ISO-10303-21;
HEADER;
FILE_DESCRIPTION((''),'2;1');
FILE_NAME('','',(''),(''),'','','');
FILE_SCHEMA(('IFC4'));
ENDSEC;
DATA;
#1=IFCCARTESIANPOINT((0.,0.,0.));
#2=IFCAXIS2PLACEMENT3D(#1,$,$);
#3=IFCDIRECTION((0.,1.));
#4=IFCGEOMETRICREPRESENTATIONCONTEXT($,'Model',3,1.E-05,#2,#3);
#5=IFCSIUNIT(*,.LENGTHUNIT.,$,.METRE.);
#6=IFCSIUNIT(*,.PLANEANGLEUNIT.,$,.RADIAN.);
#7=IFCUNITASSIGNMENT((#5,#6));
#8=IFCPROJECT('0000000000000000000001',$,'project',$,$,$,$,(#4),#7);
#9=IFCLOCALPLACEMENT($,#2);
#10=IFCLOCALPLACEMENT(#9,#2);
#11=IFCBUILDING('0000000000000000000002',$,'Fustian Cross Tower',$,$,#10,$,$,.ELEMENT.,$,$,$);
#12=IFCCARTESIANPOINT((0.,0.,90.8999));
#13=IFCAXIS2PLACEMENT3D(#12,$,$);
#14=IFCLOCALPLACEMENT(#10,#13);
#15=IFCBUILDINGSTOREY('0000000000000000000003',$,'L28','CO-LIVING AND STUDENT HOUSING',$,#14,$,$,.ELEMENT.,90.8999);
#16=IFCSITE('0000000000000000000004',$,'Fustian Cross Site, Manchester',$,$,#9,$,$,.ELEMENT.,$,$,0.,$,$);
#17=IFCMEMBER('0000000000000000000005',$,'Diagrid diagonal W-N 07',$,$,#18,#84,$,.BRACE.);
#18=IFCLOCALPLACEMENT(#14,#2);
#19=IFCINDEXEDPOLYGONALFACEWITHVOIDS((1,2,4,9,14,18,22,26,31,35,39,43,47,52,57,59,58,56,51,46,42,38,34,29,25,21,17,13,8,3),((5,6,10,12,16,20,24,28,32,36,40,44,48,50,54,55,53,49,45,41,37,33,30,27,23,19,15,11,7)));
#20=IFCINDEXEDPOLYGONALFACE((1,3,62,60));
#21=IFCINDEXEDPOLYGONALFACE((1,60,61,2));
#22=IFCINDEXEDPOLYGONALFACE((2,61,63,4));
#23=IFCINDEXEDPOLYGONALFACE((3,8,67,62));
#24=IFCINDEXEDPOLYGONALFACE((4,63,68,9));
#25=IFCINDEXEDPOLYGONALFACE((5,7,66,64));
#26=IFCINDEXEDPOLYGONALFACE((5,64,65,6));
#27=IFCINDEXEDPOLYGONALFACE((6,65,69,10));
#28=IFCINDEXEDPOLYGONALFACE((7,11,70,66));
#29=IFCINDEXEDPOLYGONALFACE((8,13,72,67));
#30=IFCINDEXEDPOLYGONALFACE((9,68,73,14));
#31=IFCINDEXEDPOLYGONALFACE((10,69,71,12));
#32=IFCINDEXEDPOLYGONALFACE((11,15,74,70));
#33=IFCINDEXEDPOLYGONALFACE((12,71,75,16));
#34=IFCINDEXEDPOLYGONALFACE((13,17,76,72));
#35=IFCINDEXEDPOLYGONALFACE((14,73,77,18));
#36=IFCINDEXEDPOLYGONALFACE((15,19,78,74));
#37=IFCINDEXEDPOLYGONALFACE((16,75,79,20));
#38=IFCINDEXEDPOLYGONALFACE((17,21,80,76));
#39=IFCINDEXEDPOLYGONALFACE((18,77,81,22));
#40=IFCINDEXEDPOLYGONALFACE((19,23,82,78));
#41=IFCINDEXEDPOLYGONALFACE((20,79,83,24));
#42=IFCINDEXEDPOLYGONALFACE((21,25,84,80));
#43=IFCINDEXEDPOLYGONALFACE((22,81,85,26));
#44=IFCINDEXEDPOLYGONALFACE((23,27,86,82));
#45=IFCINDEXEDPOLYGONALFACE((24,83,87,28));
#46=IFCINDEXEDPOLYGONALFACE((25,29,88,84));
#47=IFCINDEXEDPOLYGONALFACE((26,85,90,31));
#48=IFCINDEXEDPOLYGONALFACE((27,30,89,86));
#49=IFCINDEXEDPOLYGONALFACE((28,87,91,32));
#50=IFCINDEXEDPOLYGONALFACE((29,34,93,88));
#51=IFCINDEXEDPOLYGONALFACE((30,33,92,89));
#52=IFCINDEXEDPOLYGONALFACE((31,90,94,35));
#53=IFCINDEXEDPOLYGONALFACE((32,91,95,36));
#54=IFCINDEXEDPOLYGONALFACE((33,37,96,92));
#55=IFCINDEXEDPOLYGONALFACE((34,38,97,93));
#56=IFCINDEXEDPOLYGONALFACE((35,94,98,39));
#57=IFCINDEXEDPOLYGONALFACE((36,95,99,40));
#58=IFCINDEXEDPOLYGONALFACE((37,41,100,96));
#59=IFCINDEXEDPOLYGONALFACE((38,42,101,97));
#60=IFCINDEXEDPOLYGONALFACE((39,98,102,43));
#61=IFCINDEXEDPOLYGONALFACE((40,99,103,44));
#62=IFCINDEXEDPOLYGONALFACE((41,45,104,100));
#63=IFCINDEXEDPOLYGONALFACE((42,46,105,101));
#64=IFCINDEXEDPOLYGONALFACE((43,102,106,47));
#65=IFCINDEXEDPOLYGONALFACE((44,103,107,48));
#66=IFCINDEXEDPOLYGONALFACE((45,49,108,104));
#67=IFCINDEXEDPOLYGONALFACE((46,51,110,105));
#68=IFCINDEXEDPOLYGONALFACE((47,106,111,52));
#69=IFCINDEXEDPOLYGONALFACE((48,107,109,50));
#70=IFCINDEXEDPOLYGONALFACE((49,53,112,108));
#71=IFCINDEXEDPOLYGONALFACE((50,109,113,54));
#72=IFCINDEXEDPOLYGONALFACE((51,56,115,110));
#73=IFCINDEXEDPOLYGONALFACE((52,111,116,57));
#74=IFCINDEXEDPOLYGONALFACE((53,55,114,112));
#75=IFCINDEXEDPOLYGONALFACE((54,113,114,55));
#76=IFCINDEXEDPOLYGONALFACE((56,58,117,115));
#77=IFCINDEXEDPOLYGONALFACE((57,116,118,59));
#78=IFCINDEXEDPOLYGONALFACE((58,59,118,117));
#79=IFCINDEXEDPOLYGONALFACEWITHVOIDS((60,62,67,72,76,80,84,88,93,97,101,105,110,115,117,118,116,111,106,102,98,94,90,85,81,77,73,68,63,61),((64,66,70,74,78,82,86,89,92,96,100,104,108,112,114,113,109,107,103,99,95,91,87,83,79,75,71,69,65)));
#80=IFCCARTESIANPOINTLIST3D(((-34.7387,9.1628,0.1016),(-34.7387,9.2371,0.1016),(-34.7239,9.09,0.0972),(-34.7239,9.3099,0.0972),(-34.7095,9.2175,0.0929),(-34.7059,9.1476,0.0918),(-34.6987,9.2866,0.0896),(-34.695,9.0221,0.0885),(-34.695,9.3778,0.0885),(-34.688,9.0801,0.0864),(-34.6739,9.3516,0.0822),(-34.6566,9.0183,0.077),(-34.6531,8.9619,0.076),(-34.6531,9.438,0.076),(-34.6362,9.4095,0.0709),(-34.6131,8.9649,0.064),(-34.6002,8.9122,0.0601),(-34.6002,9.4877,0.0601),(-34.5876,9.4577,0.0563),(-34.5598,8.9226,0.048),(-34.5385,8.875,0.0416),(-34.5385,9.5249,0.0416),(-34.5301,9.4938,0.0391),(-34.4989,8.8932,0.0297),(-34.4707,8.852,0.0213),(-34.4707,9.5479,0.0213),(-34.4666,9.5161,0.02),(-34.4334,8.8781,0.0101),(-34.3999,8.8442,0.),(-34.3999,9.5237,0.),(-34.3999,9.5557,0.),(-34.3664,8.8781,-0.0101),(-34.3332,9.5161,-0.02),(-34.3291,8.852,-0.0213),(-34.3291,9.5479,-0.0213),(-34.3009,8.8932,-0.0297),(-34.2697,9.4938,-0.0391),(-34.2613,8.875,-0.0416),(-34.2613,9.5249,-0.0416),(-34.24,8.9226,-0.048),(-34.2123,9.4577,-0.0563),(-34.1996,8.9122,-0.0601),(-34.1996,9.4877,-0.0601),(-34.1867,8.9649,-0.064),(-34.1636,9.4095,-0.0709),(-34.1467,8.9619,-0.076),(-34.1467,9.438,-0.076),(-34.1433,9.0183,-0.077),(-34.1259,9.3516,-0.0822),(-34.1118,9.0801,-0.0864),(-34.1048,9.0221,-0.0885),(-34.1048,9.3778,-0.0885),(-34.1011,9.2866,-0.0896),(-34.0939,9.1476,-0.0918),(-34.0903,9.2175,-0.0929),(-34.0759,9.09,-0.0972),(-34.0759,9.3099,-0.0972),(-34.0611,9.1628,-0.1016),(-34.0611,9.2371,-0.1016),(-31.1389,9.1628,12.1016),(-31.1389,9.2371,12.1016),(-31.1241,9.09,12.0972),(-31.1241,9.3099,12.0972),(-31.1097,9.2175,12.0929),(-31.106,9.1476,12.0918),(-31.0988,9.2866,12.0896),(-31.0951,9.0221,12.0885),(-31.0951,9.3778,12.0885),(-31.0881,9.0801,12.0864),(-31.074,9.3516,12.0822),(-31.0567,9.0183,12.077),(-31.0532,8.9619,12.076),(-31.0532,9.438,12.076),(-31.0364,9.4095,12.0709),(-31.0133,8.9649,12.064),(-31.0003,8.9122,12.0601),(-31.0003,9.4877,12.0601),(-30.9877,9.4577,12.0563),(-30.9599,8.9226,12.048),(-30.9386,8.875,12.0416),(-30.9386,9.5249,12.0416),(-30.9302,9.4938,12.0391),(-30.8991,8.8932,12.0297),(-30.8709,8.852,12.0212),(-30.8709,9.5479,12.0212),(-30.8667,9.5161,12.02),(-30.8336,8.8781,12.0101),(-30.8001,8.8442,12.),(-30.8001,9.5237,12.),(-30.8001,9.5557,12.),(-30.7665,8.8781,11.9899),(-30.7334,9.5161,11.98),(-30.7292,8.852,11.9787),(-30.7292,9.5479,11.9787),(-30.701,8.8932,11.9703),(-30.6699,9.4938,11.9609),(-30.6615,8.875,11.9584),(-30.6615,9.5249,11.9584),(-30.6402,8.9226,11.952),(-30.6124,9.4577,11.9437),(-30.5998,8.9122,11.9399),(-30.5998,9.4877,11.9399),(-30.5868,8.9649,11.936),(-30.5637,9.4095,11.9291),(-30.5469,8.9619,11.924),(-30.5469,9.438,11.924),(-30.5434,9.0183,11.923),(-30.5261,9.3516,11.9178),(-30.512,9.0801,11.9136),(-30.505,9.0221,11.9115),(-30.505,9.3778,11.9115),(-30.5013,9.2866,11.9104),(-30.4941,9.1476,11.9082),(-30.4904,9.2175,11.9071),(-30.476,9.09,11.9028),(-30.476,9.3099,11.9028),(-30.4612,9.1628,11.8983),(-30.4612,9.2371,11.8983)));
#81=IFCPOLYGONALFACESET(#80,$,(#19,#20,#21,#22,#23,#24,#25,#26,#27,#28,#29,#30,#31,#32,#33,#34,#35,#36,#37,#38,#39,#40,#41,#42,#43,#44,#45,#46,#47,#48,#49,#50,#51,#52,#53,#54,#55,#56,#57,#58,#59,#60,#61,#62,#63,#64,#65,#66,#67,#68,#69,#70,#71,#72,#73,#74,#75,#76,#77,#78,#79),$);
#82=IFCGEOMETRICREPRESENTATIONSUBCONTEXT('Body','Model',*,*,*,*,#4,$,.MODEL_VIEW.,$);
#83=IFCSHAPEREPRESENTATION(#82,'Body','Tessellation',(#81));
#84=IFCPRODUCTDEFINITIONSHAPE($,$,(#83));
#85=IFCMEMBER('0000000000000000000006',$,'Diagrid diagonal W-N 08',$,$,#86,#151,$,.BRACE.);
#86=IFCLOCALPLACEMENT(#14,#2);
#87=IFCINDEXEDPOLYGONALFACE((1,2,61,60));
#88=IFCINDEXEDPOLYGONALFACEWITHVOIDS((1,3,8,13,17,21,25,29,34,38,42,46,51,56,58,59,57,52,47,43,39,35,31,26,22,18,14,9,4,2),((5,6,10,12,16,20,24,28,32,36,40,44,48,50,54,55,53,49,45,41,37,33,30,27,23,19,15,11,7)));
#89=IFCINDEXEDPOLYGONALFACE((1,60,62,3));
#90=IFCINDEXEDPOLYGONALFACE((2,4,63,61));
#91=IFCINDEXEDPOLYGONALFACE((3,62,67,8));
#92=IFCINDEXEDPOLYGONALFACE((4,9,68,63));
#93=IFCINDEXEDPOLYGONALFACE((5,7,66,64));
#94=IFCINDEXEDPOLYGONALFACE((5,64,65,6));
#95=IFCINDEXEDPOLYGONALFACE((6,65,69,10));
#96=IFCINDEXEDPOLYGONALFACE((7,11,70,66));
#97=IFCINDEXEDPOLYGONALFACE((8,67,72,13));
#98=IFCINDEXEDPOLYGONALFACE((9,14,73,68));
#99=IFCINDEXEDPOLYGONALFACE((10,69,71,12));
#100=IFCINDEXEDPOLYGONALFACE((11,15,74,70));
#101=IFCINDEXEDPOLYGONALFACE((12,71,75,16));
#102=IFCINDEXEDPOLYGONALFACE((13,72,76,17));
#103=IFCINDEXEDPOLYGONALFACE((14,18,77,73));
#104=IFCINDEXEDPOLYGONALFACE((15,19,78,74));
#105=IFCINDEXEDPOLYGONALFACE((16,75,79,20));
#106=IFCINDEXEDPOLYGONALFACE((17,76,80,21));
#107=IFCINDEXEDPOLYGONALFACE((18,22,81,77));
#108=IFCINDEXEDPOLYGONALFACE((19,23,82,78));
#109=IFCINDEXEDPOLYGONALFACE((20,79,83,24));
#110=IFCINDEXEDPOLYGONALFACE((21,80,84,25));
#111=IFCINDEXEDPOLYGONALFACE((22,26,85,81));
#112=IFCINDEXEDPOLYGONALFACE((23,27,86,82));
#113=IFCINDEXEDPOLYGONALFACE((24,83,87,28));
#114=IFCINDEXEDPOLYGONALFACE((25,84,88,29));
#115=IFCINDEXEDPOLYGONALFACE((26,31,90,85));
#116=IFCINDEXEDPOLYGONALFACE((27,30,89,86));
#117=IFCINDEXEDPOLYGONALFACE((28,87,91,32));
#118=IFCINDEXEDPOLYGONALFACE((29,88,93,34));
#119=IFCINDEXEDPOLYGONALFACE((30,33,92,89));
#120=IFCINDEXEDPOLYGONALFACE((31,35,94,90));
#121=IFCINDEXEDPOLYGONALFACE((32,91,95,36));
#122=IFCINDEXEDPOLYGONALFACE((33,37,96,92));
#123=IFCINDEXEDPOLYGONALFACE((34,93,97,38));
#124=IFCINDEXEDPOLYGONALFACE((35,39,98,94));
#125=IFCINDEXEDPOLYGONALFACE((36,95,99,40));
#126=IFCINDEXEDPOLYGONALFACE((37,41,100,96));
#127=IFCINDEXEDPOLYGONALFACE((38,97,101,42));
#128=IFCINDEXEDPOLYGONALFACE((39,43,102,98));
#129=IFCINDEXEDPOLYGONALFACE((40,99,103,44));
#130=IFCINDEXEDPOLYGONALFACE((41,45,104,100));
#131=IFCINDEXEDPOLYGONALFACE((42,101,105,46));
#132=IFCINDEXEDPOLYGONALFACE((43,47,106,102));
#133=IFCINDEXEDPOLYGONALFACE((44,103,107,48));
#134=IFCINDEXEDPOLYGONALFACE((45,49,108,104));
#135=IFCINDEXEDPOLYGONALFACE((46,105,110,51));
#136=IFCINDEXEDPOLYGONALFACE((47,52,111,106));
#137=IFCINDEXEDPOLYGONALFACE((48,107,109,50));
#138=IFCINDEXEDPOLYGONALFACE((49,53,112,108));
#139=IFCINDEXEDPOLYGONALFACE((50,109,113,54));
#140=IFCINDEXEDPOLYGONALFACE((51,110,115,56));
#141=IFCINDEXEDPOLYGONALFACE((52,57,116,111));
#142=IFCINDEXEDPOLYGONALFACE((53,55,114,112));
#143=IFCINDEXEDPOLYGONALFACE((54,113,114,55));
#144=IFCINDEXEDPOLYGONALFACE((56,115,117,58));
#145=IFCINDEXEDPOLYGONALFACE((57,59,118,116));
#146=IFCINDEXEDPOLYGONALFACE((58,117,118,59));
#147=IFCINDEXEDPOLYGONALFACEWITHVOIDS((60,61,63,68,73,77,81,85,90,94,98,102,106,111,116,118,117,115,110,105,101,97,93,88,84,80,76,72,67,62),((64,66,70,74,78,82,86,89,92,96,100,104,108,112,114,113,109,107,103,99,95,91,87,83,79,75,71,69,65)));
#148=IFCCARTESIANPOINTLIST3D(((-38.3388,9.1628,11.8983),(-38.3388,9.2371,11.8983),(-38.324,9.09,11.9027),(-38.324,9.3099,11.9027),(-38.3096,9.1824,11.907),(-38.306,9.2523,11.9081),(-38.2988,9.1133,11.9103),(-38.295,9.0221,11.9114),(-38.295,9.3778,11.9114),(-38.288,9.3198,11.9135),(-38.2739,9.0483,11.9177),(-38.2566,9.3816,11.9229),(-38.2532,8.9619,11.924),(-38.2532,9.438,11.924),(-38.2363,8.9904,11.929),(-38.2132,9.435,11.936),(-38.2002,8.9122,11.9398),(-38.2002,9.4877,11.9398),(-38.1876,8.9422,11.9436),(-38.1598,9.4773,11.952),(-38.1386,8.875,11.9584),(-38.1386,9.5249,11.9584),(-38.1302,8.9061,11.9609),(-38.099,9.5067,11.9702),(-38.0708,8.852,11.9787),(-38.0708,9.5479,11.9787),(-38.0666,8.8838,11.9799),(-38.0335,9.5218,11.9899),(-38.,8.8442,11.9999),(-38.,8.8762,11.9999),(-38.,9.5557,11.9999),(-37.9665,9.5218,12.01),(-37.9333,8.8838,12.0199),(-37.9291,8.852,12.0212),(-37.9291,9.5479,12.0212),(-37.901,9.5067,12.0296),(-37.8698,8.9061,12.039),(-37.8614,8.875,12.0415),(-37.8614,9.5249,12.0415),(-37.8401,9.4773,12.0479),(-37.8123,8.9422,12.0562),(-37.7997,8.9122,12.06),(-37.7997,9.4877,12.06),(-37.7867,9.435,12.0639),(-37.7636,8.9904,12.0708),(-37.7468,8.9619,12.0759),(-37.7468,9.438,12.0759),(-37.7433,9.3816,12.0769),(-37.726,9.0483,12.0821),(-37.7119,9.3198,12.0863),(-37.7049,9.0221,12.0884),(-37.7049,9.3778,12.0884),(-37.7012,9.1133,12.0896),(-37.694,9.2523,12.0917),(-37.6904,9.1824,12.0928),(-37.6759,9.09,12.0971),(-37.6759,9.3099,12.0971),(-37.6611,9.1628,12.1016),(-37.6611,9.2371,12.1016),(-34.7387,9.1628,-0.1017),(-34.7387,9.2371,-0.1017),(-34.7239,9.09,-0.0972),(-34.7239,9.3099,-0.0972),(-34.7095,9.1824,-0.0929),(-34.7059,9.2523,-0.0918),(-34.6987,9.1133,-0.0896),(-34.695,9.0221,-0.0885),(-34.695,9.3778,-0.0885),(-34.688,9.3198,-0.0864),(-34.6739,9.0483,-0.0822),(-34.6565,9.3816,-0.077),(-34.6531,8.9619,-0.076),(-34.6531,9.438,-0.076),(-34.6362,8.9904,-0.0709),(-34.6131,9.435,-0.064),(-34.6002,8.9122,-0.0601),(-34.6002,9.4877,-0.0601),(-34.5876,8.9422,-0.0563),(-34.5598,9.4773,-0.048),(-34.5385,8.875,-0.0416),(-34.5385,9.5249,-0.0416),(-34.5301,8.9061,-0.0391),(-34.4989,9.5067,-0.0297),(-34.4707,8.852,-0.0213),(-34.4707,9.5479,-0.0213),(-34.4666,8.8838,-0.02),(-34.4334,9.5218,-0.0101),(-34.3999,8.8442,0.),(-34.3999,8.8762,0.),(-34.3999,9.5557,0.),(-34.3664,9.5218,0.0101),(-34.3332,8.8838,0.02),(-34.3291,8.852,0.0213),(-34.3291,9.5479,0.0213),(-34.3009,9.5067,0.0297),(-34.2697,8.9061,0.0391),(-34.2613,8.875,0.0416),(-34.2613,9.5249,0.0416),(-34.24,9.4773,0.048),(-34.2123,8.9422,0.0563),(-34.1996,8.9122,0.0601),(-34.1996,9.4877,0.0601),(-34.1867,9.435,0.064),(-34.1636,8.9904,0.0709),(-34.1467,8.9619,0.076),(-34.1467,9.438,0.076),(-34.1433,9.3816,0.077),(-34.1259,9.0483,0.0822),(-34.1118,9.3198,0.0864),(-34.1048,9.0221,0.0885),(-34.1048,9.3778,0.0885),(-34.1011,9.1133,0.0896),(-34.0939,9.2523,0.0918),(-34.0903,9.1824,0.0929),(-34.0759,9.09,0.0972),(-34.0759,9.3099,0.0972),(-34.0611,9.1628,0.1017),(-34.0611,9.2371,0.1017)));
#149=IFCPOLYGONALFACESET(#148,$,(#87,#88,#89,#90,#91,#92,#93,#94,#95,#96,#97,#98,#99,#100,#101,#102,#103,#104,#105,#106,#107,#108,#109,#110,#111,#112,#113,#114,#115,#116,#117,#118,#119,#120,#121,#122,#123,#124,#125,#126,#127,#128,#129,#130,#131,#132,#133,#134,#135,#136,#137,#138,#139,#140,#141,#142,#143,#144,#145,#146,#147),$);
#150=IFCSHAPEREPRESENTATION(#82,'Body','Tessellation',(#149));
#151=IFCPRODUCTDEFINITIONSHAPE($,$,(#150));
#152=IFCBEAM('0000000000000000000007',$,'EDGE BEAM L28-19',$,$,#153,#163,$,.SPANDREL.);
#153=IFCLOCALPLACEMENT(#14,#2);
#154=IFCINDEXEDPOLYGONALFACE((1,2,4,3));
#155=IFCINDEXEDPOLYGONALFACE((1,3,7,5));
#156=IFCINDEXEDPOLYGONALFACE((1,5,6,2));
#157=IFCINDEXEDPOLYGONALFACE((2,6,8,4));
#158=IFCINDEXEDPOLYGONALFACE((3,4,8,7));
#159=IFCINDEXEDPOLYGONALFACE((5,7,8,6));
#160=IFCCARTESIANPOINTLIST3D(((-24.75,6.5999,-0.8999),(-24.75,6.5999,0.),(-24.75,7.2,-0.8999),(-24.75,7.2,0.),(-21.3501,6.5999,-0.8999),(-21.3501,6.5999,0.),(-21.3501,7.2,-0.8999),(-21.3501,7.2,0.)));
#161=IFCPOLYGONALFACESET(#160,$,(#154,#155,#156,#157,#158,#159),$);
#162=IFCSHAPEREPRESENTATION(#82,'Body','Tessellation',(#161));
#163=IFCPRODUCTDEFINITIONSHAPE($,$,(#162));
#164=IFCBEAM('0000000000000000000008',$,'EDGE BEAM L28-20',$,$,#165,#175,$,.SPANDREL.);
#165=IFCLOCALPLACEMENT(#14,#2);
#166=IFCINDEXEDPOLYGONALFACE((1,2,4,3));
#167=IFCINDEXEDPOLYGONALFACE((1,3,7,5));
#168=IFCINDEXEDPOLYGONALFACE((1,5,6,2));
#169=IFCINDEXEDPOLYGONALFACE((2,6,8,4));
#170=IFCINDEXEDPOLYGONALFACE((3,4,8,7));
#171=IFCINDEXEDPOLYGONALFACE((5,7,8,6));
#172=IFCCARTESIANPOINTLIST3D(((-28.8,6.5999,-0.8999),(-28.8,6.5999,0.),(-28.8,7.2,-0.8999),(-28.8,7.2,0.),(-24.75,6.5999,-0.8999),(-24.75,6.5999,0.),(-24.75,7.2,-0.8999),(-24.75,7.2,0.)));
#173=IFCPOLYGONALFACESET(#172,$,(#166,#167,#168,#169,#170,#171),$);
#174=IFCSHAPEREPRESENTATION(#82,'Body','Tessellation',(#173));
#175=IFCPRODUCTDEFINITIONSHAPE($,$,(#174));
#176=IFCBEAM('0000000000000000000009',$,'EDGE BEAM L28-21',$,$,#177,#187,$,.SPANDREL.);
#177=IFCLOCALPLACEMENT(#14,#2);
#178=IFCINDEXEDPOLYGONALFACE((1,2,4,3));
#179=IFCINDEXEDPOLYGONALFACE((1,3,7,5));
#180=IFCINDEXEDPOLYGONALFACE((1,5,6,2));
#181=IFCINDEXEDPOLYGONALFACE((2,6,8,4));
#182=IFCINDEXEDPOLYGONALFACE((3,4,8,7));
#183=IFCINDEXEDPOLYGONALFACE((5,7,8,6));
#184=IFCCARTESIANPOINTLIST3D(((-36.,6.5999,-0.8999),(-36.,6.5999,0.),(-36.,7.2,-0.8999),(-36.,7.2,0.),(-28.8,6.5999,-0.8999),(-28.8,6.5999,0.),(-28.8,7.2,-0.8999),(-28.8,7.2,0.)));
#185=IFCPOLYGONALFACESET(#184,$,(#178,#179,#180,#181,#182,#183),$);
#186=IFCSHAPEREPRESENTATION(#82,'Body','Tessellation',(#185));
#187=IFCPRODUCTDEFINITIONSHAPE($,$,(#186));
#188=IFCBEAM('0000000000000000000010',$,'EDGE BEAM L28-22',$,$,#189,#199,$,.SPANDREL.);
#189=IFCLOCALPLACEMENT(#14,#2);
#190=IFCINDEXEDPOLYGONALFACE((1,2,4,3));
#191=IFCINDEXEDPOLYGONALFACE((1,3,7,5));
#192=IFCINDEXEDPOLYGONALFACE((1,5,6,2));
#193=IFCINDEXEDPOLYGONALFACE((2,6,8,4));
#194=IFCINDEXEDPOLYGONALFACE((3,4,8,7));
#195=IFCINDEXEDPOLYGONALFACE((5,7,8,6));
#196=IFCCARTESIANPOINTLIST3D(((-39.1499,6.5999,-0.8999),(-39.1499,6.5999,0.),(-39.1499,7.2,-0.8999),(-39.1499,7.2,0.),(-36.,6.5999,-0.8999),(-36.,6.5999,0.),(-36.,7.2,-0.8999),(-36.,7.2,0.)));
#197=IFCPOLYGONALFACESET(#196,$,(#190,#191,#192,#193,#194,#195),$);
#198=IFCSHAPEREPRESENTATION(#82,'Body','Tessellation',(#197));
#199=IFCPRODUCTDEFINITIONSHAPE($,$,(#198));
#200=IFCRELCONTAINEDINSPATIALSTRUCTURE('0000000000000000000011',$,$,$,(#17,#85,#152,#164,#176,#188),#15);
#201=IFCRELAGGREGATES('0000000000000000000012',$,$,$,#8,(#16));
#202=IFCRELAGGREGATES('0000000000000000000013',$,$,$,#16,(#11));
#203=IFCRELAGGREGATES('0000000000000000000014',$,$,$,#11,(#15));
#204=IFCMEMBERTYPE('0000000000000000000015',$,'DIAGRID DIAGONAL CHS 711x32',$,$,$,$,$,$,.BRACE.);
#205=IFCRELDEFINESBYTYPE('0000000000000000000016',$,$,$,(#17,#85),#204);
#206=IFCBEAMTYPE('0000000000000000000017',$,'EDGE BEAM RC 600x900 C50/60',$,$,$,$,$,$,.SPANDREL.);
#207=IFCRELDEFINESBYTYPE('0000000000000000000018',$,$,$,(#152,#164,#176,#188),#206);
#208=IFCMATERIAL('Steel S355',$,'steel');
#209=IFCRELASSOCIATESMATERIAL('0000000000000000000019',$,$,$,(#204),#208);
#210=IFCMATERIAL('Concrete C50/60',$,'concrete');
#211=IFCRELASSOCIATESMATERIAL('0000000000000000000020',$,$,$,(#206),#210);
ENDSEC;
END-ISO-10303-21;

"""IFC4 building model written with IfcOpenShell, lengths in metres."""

from ifc_helpers import new_model, si_unit, direction, frame, origin, origin_2d, place, context, subcontext, project, spatial, rectangle, hollow_circle, extrude, material, material_profile, profile_set, type_object, element, save


model = new_model("IFC4")

# Units and contexts
model_context = context("Model", 3, precision=1e-05, world=origin(), true_north=direction((0.0, 1.0)))
body_context = subcontext(model_context, "Body", "Model", "MODEL_VIEW")
ifc_project = project(units=[si_unit("LENGTHUNIT", "METRE"), si_unit("PLANEANGLEUNIT", "RADIAN")], contexts=[model_context])

# Site, building, storey
site_placement = place(None, origin())
site = spatial("IfcSite", under=ifc_project, at=site_placement, Name="Fustian Cross Site, Manchester", CompositionType="ELEMENT", RefElevation=0.0)
building_placement = place(site_placement, origin())
building = spatial("IfcBuilding", under=site, at=building_placement, Name="Fustian Cross Tower", CompositionType="ELEMENT")
storey_placement = place(building_placement, frame((0.0, 0.0, 90.8999)))
storey = spatial("IfcBuildingStorey", under=building, at=storey_placement, Name="L28", Description="CO-LIVING AND STUDENT HOUSING", CompositionType="ELEMENT", Elevation=90.8999)

# Members
ifc_material_1 = material(Name="Steel S355", Category="steel")
ifc_material_profile_1 = material_profile(ifc_material_1, hollow_circle(Radius=0.3557, WallThickness=0.032, at=origin_2d()), Name="CHS 711x32")
ifc_profile_set_1 = profile_set([ifc_material_profile_1], Name="Steel S355")
member_type = type_object("IfcMemberType", Name="DIAGRID DIAGONAL CHS 711x32", PredefinedType="BRACE", material=ifc_profile_set_1)
for number, where, z_axis, x_axis, name in (
    (1, (-34.3999, 9.2, 0.0), (0.287337, 0.0, 0.95783), (0.0, 1.0, 0.0), "Diagrid diagonal W-N 07"),
    (2, (-34.3999, 9.2, 0.0), (-0.287355, 0.0, 0.957824), (0.0, -1.0, 0.0), "Diagrid diagonal W-N 08"),
):
    element("IfcMember", number, at=place(storey_placement, frame(where, z_axis=z_axis, x_axis=x_axis)), inside=storey, type_object=member_type, Name=name, PredefinedType="BRACE", context=body_context, shape_type="SweptSolid", body=[
        extrude(hollow_circle(Radius=0.3557, WallThickness=0.032, at=origin_2d()), origin(), (0.0, 0.0, 1.0), 12.5283),
    ])

# Beams
ifc_material_2 = material(Name="Concrete C50/60", Category="concrete")
ifc_material_profile_2 = material_profile(ifc_material_2, rectangle(XDim=0.6001, YDim=0.8999, at=origin_2d()), Name="RC 600x900")
ifc_profile_set_2 = profile_set([ifc_material_profile_2], Name="Concrete C50/60")
beam_type = type_object("IfcBeamType", Name="EDGE BEAM RC 600x900 C50/60", PredefinedType="SPANDREL", material=ifc_profile_set_2)
beam_1_placement = place(storey_placement, frame((-21.3501, 6.8999, -0.45), z_axis=(-1.0, 0.0, 0.0), x_axis=(0.0, -1.0, 0.0)))
element("IfcBeam", 3, at=beam_1_placement, inside=storey, type_object=beam_type, Name="EDGE BEAM L28-19", PredefinedType="SPANDREL", context=body_context, shape_type="SweptSolid", body=[
    extrude(rectangle(XDim=0.6001, YDim=0.8999, at=origin_2d()), origin(), (0.0, 0.0, 1.0), 3.3999),
])
beam_2_placement = place(storey_placement, frame((-24.75, 6.8999, -0.45), z_axis=(-1.0, 0.0, 0.0), x_axis=(0.0, -1.0, 0.0)))
element("IfcBeam", 4, at=beam_2_placement, inside=storey, type_object=beam_type, Name="EDGE BEAM L28-20", PredefinedType="SPANDREL", context=body_context, shape_type="SweptSolid", body=[
    extrude(rectangle(XDim=0.6001, YDim=0.8999, at=origin_2d()), origin(), (0.0, 0.0, 1.0), 4.05),
])
beam_3_placement = place(storey_placement, frame((-28.8, 6.8999, -0.45), z_axis=(-1.0, 0.0, 0.0), x_axis=(0.0, -1.0, 0.0)))
element("IfcBeam", 5, at=beam_3_placement, inside=storey, type_object=beam_type, Name="EDGE BEAM L28-21", PredefinedType="SPANDREL", context=body_context, shape_type="SweptSolid", body=[
    extrude(rectangle(XDim=0.6001, YDim=0.8999, at=origin_2d()), origin(), (0.0, 0.0, 1.0), 7.2),
])
beam_4_placement = place(storey_placement, frame((-36.0, 6.8999, -0.45), z_axis=(-1.0, 0.0, 0.0), x_axis=(0.0, -1.0, 0.0)))
element("IfcBeam", 6, at=beam_4_placement, inside=storey, type_object=beam_type, Name="EDGE BEAM L28-22", PredefinedType="SPANDREL", context=body_context, shape_type="SweptSolid", body=[
    extrude(rectangle(XDim=0.6001, YDim=0.8999, at=origin_2d()), origin(), (0.0, 0.0, 1.0), 3.1499),
])

save(model, "model.ifc")
